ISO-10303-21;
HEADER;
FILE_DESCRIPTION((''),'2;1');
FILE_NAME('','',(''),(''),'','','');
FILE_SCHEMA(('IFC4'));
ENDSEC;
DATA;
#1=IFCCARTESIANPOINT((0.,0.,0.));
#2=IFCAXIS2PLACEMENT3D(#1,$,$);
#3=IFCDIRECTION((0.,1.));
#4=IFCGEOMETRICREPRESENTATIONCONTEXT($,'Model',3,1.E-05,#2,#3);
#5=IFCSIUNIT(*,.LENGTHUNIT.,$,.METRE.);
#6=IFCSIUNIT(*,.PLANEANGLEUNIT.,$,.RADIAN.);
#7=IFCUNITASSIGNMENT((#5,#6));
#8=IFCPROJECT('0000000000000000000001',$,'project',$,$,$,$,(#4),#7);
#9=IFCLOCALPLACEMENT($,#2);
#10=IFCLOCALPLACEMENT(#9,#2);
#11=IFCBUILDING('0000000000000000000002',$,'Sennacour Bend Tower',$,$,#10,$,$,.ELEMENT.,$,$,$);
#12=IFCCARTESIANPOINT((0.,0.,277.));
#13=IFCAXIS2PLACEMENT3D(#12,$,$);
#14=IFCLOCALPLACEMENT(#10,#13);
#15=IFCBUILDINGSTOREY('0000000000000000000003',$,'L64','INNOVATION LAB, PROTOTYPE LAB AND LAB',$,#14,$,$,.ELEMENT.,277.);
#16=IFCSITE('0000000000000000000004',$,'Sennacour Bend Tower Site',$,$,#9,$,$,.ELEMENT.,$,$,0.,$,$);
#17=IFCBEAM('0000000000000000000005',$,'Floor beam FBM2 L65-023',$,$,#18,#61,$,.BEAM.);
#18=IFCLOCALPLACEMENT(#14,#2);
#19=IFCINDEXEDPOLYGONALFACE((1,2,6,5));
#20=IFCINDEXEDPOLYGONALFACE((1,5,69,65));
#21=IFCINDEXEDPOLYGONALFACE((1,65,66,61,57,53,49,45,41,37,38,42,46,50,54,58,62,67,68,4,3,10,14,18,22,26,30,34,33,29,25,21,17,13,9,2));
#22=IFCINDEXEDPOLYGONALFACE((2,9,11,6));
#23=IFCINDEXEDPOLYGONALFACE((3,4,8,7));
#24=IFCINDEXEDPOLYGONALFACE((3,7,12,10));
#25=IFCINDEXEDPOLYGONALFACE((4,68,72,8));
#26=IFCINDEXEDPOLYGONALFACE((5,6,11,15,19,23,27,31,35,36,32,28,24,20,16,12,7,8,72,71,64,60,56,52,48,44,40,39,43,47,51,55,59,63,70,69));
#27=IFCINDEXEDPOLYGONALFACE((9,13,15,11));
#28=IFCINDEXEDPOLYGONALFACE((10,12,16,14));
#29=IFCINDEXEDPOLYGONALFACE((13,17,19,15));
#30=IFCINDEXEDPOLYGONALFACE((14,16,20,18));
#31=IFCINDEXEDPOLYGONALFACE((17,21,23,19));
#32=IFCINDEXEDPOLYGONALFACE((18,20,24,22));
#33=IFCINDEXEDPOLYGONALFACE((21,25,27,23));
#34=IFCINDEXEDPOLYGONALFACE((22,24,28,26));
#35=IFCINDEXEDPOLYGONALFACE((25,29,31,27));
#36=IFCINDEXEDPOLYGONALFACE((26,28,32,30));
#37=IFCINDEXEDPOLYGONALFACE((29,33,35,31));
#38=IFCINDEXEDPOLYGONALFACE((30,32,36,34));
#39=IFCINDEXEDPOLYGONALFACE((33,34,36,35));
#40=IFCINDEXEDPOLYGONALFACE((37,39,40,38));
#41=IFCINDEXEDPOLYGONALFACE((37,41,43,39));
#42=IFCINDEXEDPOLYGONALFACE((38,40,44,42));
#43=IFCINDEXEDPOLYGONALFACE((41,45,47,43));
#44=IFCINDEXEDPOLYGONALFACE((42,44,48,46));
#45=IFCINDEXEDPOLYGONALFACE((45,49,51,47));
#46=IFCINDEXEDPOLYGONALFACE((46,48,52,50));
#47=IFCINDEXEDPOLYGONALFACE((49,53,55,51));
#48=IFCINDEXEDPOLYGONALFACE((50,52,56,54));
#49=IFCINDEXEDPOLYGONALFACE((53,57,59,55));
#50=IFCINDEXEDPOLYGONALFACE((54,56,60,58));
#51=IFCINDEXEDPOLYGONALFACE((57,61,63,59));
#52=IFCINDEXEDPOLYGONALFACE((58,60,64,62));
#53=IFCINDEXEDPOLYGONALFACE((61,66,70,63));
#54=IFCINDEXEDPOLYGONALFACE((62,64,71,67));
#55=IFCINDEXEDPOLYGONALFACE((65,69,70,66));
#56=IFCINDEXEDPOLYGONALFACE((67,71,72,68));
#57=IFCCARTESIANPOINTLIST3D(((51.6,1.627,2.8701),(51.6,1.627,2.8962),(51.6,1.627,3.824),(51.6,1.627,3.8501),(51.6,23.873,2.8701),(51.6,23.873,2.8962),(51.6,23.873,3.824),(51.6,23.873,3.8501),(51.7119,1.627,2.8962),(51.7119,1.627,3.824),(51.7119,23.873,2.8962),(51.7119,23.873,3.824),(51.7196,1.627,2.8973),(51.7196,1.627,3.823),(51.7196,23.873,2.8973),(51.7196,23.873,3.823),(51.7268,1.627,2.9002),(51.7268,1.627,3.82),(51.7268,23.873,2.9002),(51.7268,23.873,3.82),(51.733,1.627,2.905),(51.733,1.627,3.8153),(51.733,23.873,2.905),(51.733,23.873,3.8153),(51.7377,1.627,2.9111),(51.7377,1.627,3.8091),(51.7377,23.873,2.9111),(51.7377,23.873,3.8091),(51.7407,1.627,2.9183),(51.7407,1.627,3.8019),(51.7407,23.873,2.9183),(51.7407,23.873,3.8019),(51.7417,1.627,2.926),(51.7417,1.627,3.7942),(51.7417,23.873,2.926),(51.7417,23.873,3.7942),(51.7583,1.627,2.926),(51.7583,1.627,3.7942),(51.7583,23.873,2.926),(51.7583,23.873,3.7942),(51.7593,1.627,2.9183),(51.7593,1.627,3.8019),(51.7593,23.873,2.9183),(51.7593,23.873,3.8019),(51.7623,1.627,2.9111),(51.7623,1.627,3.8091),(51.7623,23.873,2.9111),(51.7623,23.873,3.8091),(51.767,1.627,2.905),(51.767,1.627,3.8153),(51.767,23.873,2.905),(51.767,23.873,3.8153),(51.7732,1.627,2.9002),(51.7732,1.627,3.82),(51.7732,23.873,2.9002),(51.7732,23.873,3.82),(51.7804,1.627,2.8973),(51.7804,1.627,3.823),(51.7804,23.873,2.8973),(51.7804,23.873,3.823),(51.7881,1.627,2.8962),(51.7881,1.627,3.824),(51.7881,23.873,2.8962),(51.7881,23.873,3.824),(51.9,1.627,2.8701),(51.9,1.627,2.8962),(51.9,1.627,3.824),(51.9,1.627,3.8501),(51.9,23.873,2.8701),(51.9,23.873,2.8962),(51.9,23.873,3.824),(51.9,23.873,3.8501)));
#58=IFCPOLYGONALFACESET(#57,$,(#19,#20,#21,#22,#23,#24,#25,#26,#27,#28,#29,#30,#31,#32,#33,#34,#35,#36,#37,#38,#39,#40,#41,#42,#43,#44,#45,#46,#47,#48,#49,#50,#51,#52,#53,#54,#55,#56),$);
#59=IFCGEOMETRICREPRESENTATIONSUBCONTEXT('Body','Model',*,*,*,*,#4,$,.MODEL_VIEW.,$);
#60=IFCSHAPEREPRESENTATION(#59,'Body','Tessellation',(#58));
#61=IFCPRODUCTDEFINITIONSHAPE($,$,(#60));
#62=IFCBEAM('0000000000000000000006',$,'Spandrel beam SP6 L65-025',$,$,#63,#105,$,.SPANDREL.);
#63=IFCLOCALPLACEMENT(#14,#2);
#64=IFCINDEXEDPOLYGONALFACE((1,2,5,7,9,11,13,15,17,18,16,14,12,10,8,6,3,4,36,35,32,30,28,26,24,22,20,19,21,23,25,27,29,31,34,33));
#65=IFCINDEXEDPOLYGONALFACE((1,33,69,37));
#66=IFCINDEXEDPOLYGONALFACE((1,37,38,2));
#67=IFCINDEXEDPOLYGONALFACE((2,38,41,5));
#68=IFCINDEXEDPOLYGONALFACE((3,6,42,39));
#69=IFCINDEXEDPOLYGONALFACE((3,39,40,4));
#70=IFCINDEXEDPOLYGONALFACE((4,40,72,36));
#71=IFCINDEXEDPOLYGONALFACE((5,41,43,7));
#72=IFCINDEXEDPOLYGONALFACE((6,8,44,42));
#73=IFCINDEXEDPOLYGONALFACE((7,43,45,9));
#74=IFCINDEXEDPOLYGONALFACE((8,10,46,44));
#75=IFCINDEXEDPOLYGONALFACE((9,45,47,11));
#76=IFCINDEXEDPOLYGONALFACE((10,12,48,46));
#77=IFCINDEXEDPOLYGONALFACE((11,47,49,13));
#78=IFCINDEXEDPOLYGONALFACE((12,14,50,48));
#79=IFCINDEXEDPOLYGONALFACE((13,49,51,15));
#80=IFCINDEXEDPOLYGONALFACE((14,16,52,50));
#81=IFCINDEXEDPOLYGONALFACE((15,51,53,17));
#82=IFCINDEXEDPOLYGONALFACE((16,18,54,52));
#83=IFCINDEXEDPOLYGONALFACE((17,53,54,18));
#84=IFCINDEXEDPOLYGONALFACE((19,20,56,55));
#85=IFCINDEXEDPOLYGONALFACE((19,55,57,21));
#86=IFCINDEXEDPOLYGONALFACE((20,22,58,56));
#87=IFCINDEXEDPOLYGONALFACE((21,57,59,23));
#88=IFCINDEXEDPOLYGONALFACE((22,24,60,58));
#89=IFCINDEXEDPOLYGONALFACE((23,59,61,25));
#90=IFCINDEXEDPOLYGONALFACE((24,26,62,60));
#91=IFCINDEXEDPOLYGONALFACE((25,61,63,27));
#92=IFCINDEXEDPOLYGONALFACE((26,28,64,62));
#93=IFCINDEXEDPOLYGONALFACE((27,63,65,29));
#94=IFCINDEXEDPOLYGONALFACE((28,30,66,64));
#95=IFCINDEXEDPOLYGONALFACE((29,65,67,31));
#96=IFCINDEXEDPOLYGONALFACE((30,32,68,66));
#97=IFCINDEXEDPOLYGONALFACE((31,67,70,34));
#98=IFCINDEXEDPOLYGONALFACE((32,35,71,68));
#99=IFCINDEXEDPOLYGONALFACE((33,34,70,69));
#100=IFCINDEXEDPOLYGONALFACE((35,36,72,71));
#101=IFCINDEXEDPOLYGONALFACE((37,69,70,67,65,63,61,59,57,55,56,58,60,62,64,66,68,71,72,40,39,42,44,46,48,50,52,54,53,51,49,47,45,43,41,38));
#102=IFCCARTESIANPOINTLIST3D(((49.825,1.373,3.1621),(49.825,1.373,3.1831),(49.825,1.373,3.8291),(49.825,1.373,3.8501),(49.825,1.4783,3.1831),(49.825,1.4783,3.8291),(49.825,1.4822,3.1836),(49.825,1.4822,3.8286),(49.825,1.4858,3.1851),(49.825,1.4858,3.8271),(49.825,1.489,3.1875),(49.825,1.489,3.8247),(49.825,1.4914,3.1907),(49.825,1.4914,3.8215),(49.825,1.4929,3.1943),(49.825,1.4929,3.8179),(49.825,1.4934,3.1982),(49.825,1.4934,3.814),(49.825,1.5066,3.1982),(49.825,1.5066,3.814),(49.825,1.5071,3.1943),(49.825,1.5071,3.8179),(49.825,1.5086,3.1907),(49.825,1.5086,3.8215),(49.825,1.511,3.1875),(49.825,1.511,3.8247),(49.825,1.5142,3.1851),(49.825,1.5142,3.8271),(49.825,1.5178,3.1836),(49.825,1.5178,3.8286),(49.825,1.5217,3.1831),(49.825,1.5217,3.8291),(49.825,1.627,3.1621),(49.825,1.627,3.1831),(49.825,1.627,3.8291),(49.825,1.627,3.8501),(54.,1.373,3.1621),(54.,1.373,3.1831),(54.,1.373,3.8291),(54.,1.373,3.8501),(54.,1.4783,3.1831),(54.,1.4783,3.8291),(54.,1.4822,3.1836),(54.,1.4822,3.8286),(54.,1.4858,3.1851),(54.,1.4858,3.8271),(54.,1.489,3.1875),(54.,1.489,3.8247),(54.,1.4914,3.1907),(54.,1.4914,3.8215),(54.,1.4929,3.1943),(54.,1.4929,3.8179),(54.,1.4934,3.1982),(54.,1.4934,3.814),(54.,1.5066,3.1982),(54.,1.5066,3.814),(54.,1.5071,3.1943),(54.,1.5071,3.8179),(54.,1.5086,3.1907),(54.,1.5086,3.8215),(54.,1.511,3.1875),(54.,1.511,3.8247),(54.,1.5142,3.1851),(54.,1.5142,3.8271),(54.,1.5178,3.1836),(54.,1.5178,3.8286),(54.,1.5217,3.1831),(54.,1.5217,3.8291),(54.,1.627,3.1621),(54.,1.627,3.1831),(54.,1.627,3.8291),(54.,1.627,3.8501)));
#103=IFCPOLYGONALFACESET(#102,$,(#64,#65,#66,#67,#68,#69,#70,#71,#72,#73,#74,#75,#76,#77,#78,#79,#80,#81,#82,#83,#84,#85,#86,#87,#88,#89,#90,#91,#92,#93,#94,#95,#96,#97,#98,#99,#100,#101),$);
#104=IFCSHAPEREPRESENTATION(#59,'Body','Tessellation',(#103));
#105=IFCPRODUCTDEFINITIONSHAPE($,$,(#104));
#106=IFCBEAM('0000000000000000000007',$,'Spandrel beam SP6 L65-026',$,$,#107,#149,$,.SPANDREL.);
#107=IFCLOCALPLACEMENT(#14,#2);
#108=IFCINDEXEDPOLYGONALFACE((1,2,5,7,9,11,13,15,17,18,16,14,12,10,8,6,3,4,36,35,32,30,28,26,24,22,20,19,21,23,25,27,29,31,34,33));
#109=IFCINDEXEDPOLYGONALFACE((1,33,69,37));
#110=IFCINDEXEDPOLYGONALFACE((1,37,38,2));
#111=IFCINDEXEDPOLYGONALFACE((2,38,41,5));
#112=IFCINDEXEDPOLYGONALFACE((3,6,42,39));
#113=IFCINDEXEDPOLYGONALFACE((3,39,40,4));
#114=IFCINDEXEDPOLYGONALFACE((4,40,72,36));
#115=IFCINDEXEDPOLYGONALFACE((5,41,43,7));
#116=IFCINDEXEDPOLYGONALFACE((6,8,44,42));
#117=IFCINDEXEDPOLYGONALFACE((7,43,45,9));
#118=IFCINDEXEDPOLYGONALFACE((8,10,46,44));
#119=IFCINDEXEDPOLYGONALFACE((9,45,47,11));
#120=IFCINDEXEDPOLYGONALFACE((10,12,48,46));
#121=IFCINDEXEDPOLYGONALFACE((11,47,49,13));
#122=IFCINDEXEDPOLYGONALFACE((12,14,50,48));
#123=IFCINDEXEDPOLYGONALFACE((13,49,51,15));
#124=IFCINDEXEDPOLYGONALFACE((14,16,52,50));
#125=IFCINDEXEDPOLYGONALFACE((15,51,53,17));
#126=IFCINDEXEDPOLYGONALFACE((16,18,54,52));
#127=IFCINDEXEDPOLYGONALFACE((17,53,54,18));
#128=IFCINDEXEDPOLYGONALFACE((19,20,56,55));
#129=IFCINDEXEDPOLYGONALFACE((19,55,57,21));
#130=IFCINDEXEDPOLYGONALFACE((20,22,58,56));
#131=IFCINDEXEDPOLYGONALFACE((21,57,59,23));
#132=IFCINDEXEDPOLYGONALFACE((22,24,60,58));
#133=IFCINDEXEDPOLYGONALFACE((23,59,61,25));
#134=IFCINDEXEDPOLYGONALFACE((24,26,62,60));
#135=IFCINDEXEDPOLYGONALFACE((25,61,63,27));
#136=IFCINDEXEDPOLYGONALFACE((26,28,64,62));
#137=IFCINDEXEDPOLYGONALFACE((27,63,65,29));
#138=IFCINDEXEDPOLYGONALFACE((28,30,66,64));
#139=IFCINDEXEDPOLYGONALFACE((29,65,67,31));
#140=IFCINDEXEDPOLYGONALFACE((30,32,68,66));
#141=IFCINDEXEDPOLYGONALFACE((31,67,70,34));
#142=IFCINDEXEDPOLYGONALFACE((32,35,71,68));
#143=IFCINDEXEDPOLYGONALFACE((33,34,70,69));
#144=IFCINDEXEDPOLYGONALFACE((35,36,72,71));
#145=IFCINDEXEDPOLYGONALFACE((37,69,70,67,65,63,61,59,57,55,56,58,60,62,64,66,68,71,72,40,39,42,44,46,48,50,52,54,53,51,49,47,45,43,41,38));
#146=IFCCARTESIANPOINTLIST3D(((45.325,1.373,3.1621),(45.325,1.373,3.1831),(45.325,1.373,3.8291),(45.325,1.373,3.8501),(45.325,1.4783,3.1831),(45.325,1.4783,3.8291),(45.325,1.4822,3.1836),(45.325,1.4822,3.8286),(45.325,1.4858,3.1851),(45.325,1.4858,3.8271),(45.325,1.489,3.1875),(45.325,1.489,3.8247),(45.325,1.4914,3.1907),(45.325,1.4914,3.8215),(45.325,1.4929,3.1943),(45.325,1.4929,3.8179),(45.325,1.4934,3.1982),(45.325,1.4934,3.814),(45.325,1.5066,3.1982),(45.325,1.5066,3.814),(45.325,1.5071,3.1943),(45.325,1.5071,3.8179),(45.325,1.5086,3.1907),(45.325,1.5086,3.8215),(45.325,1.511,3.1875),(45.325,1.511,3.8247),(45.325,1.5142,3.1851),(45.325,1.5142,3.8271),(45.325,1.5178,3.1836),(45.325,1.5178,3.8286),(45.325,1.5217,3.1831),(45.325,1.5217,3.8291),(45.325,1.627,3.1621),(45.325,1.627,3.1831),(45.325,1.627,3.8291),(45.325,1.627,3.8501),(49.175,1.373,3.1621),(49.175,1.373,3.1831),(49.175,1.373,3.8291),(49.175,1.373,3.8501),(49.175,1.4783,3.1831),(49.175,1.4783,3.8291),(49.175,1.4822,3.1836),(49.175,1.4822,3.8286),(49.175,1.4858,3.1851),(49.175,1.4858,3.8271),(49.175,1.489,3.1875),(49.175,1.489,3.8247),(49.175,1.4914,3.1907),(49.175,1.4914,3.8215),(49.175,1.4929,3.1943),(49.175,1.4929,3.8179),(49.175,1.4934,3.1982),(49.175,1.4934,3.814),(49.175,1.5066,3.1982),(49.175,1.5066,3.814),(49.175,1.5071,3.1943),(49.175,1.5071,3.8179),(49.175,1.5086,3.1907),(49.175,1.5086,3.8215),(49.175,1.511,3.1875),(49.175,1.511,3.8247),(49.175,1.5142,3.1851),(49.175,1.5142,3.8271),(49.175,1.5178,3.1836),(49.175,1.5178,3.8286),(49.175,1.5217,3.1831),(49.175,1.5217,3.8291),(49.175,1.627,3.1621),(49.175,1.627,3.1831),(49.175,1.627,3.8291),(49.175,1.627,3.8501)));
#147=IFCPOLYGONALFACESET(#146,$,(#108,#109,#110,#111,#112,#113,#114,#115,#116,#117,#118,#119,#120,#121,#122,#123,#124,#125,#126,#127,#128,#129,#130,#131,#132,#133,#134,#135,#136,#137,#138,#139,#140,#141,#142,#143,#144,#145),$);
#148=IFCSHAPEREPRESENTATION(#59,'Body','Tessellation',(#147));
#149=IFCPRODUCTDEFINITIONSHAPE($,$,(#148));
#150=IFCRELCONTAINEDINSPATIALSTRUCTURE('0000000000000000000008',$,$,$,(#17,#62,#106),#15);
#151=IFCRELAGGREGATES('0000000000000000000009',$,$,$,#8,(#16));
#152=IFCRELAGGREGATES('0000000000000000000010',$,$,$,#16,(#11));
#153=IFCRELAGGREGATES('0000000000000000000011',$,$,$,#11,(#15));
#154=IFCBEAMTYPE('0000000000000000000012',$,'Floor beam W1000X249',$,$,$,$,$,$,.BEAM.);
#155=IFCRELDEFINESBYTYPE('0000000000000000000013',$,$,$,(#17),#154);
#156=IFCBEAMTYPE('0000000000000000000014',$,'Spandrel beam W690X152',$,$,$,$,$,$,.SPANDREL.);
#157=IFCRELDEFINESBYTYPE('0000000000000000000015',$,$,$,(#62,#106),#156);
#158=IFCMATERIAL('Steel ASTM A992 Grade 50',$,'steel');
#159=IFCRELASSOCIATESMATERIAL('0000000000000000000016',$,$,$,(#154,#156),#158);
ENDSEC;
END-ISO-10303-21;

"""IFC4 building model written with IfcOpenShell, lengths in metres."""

from ifc_helpers import new_model, si_unit, direction, frame, origin, origin_2d, place, context, subcontext, project, spatial, i_section, extrude, material, material_profile, profile_set, type_object, element, save


model = new_model("IFC4")

# Units and contexts
model_context = context("Model", 3, precision=1e-05, world=origin(), true_north=direction((0.0, 1.0)))
body_context = subcontext(model_context, "Body", "Model", "MODEL_VIEW")
ifc_project = project(units=[si_unit("LENGTHUNIT", "METRE"), si_unit("PLANEANGLEUNIT", "RADIAN")], contexts=[model_context])

# Site, building, storey
site_placement = place(None, origin())
site = spatial("IfcSite", under=ifc_project, at=site_placement, Name="Sennacour Bend Tower Site", CompositionType="ELEMENT", RefElevation=0.0)
building_placement = place(site_placement, origin())
building = spatial("IfcBuilding", under=site, at=building_placement, Name="Sennacour Bend Tower", CompositionType="ELEMENT")
storey_placement = place(building_placement, frame((0.0, 0.0, 277.0)))
storey = spatial("IfcBuildingStorey", under=building, at=storey_placement, Name="L64", Description="INNOVATION LAB, PROTOTYPE LAB AND LAB", CompositionType="ELEMENT", Elevation=277.0)

# Beams
ifc_material_1 = material(Name="Steel ASTM A992 Grade 50", Category="steel")
ifc_material_profile_1 = material_profile(ifc_material_1, i_section(OverallWidth=0.3, OverallDepth=0.98, WebThickness=0.0166, FlangeThickness=0.0261, FilletRadius=0.0298, at=origin_2d()), Name="Steel ASTM A992 Grade 50", Category="steel")
ifc_profile_set_1 = profile_set([ifc_material_profile_1], Name="Steel ASTM A992 Grade 50")
beam_type_1 = type_object("IfcBeamType", Name="Floor beam W1000X249", PredefinedType="BEAM", material=ifc_profile_set_1)
beam_1_placement = place(storey_placement, frame((51.75, 1.627, 3.3601), z_axis=(0.0, 1.0, 0.0), x_axis=(-1.0, 0.0, 0.0)))
element("IfcBeam", 1, at=beam_1_placement, inside=storey, type_object=beam_type_1, Name="Floor beam FBM2 L65-023", PredefinedType="BEAM", context=body_context, shape_type="SweptSolid", body=[
    extrude(i_section(OverallWidth=0.3, OverallDepth=0.98, WebThickness=0.0166, FlangeThickness=0.0261, FilletRadius=0.0298, at=origin_2d()), origin(), (0.0, 0.0, 1.0), 22.2461),
])
ifc_material_profile_2 = material_profile(ifc_material_1, i_section(OverallWidth=0.2539, OverallDepth=0.688, WebThickness=0.0132, FlangeThickness=0.021, FilletRadius=0.0151, at=origin_2d()), Name="Steel ASTM A992 Grade 50", Category="steel")
ifc_profile_set_2 = profile_set([ifc_material_profile_2], Name="Steel ASTM A992 Grade 50")
beam_type_2 = type_object("IfcBeamType", Name="Spandrel beam W690X152", PredefinedType="SPANDREL", material=ifc_profile_set_2)
beam_2_placement = place(storey_placement, frame((54.0, 1.5, 3.5061), z_axis=(-1.0, 0.0, 0.0), x_axis=(0.0, -1.0, 0.0)))
element("IfcBeam", 2, at=beam_2_placement, inside=storey, type_object=beam_type_2, Name="Spandrel beam SP6 L65-025", PredefinedType="SPANDREL", context=body_context, shape_type="SweptSolid", body=[
    extrude(i_section(OverallWidth=0.2539, OverallDepth=0.688, WebThickness=0.0132, FlangeThickness=0.021, FilletRadius=0.0151, at=origin_2d()), origin(), (0.0, 0.0, 1.0), 4.175),
])
beam_3_placement = place(storey_placement, frame((49.175, 1.5, 3.5061), z_axis=(-1.0, 0.0, 0.0), x_axis=(0.0, -1.0, 0.0)))
element("IfcBeam", 3, at=beam_3_placement, inside=storey, type_object=beam_type_2, Name="Spandrel beam SP6 L65-026", PredefinedType="SPANDREL", context=body_context, shape_type="SweptSolid", body=[
    extrude(i_section(OverallWidth=0.2539, OverallDepth=0.688, WebThickness=0.0132, FlangeThickness=0.021, FilletRadius=0.0151, at=origin_2d()), origin(), (0.0, 0.0, 1.0), 3.8501),
])

save(model, "model.ifc")
